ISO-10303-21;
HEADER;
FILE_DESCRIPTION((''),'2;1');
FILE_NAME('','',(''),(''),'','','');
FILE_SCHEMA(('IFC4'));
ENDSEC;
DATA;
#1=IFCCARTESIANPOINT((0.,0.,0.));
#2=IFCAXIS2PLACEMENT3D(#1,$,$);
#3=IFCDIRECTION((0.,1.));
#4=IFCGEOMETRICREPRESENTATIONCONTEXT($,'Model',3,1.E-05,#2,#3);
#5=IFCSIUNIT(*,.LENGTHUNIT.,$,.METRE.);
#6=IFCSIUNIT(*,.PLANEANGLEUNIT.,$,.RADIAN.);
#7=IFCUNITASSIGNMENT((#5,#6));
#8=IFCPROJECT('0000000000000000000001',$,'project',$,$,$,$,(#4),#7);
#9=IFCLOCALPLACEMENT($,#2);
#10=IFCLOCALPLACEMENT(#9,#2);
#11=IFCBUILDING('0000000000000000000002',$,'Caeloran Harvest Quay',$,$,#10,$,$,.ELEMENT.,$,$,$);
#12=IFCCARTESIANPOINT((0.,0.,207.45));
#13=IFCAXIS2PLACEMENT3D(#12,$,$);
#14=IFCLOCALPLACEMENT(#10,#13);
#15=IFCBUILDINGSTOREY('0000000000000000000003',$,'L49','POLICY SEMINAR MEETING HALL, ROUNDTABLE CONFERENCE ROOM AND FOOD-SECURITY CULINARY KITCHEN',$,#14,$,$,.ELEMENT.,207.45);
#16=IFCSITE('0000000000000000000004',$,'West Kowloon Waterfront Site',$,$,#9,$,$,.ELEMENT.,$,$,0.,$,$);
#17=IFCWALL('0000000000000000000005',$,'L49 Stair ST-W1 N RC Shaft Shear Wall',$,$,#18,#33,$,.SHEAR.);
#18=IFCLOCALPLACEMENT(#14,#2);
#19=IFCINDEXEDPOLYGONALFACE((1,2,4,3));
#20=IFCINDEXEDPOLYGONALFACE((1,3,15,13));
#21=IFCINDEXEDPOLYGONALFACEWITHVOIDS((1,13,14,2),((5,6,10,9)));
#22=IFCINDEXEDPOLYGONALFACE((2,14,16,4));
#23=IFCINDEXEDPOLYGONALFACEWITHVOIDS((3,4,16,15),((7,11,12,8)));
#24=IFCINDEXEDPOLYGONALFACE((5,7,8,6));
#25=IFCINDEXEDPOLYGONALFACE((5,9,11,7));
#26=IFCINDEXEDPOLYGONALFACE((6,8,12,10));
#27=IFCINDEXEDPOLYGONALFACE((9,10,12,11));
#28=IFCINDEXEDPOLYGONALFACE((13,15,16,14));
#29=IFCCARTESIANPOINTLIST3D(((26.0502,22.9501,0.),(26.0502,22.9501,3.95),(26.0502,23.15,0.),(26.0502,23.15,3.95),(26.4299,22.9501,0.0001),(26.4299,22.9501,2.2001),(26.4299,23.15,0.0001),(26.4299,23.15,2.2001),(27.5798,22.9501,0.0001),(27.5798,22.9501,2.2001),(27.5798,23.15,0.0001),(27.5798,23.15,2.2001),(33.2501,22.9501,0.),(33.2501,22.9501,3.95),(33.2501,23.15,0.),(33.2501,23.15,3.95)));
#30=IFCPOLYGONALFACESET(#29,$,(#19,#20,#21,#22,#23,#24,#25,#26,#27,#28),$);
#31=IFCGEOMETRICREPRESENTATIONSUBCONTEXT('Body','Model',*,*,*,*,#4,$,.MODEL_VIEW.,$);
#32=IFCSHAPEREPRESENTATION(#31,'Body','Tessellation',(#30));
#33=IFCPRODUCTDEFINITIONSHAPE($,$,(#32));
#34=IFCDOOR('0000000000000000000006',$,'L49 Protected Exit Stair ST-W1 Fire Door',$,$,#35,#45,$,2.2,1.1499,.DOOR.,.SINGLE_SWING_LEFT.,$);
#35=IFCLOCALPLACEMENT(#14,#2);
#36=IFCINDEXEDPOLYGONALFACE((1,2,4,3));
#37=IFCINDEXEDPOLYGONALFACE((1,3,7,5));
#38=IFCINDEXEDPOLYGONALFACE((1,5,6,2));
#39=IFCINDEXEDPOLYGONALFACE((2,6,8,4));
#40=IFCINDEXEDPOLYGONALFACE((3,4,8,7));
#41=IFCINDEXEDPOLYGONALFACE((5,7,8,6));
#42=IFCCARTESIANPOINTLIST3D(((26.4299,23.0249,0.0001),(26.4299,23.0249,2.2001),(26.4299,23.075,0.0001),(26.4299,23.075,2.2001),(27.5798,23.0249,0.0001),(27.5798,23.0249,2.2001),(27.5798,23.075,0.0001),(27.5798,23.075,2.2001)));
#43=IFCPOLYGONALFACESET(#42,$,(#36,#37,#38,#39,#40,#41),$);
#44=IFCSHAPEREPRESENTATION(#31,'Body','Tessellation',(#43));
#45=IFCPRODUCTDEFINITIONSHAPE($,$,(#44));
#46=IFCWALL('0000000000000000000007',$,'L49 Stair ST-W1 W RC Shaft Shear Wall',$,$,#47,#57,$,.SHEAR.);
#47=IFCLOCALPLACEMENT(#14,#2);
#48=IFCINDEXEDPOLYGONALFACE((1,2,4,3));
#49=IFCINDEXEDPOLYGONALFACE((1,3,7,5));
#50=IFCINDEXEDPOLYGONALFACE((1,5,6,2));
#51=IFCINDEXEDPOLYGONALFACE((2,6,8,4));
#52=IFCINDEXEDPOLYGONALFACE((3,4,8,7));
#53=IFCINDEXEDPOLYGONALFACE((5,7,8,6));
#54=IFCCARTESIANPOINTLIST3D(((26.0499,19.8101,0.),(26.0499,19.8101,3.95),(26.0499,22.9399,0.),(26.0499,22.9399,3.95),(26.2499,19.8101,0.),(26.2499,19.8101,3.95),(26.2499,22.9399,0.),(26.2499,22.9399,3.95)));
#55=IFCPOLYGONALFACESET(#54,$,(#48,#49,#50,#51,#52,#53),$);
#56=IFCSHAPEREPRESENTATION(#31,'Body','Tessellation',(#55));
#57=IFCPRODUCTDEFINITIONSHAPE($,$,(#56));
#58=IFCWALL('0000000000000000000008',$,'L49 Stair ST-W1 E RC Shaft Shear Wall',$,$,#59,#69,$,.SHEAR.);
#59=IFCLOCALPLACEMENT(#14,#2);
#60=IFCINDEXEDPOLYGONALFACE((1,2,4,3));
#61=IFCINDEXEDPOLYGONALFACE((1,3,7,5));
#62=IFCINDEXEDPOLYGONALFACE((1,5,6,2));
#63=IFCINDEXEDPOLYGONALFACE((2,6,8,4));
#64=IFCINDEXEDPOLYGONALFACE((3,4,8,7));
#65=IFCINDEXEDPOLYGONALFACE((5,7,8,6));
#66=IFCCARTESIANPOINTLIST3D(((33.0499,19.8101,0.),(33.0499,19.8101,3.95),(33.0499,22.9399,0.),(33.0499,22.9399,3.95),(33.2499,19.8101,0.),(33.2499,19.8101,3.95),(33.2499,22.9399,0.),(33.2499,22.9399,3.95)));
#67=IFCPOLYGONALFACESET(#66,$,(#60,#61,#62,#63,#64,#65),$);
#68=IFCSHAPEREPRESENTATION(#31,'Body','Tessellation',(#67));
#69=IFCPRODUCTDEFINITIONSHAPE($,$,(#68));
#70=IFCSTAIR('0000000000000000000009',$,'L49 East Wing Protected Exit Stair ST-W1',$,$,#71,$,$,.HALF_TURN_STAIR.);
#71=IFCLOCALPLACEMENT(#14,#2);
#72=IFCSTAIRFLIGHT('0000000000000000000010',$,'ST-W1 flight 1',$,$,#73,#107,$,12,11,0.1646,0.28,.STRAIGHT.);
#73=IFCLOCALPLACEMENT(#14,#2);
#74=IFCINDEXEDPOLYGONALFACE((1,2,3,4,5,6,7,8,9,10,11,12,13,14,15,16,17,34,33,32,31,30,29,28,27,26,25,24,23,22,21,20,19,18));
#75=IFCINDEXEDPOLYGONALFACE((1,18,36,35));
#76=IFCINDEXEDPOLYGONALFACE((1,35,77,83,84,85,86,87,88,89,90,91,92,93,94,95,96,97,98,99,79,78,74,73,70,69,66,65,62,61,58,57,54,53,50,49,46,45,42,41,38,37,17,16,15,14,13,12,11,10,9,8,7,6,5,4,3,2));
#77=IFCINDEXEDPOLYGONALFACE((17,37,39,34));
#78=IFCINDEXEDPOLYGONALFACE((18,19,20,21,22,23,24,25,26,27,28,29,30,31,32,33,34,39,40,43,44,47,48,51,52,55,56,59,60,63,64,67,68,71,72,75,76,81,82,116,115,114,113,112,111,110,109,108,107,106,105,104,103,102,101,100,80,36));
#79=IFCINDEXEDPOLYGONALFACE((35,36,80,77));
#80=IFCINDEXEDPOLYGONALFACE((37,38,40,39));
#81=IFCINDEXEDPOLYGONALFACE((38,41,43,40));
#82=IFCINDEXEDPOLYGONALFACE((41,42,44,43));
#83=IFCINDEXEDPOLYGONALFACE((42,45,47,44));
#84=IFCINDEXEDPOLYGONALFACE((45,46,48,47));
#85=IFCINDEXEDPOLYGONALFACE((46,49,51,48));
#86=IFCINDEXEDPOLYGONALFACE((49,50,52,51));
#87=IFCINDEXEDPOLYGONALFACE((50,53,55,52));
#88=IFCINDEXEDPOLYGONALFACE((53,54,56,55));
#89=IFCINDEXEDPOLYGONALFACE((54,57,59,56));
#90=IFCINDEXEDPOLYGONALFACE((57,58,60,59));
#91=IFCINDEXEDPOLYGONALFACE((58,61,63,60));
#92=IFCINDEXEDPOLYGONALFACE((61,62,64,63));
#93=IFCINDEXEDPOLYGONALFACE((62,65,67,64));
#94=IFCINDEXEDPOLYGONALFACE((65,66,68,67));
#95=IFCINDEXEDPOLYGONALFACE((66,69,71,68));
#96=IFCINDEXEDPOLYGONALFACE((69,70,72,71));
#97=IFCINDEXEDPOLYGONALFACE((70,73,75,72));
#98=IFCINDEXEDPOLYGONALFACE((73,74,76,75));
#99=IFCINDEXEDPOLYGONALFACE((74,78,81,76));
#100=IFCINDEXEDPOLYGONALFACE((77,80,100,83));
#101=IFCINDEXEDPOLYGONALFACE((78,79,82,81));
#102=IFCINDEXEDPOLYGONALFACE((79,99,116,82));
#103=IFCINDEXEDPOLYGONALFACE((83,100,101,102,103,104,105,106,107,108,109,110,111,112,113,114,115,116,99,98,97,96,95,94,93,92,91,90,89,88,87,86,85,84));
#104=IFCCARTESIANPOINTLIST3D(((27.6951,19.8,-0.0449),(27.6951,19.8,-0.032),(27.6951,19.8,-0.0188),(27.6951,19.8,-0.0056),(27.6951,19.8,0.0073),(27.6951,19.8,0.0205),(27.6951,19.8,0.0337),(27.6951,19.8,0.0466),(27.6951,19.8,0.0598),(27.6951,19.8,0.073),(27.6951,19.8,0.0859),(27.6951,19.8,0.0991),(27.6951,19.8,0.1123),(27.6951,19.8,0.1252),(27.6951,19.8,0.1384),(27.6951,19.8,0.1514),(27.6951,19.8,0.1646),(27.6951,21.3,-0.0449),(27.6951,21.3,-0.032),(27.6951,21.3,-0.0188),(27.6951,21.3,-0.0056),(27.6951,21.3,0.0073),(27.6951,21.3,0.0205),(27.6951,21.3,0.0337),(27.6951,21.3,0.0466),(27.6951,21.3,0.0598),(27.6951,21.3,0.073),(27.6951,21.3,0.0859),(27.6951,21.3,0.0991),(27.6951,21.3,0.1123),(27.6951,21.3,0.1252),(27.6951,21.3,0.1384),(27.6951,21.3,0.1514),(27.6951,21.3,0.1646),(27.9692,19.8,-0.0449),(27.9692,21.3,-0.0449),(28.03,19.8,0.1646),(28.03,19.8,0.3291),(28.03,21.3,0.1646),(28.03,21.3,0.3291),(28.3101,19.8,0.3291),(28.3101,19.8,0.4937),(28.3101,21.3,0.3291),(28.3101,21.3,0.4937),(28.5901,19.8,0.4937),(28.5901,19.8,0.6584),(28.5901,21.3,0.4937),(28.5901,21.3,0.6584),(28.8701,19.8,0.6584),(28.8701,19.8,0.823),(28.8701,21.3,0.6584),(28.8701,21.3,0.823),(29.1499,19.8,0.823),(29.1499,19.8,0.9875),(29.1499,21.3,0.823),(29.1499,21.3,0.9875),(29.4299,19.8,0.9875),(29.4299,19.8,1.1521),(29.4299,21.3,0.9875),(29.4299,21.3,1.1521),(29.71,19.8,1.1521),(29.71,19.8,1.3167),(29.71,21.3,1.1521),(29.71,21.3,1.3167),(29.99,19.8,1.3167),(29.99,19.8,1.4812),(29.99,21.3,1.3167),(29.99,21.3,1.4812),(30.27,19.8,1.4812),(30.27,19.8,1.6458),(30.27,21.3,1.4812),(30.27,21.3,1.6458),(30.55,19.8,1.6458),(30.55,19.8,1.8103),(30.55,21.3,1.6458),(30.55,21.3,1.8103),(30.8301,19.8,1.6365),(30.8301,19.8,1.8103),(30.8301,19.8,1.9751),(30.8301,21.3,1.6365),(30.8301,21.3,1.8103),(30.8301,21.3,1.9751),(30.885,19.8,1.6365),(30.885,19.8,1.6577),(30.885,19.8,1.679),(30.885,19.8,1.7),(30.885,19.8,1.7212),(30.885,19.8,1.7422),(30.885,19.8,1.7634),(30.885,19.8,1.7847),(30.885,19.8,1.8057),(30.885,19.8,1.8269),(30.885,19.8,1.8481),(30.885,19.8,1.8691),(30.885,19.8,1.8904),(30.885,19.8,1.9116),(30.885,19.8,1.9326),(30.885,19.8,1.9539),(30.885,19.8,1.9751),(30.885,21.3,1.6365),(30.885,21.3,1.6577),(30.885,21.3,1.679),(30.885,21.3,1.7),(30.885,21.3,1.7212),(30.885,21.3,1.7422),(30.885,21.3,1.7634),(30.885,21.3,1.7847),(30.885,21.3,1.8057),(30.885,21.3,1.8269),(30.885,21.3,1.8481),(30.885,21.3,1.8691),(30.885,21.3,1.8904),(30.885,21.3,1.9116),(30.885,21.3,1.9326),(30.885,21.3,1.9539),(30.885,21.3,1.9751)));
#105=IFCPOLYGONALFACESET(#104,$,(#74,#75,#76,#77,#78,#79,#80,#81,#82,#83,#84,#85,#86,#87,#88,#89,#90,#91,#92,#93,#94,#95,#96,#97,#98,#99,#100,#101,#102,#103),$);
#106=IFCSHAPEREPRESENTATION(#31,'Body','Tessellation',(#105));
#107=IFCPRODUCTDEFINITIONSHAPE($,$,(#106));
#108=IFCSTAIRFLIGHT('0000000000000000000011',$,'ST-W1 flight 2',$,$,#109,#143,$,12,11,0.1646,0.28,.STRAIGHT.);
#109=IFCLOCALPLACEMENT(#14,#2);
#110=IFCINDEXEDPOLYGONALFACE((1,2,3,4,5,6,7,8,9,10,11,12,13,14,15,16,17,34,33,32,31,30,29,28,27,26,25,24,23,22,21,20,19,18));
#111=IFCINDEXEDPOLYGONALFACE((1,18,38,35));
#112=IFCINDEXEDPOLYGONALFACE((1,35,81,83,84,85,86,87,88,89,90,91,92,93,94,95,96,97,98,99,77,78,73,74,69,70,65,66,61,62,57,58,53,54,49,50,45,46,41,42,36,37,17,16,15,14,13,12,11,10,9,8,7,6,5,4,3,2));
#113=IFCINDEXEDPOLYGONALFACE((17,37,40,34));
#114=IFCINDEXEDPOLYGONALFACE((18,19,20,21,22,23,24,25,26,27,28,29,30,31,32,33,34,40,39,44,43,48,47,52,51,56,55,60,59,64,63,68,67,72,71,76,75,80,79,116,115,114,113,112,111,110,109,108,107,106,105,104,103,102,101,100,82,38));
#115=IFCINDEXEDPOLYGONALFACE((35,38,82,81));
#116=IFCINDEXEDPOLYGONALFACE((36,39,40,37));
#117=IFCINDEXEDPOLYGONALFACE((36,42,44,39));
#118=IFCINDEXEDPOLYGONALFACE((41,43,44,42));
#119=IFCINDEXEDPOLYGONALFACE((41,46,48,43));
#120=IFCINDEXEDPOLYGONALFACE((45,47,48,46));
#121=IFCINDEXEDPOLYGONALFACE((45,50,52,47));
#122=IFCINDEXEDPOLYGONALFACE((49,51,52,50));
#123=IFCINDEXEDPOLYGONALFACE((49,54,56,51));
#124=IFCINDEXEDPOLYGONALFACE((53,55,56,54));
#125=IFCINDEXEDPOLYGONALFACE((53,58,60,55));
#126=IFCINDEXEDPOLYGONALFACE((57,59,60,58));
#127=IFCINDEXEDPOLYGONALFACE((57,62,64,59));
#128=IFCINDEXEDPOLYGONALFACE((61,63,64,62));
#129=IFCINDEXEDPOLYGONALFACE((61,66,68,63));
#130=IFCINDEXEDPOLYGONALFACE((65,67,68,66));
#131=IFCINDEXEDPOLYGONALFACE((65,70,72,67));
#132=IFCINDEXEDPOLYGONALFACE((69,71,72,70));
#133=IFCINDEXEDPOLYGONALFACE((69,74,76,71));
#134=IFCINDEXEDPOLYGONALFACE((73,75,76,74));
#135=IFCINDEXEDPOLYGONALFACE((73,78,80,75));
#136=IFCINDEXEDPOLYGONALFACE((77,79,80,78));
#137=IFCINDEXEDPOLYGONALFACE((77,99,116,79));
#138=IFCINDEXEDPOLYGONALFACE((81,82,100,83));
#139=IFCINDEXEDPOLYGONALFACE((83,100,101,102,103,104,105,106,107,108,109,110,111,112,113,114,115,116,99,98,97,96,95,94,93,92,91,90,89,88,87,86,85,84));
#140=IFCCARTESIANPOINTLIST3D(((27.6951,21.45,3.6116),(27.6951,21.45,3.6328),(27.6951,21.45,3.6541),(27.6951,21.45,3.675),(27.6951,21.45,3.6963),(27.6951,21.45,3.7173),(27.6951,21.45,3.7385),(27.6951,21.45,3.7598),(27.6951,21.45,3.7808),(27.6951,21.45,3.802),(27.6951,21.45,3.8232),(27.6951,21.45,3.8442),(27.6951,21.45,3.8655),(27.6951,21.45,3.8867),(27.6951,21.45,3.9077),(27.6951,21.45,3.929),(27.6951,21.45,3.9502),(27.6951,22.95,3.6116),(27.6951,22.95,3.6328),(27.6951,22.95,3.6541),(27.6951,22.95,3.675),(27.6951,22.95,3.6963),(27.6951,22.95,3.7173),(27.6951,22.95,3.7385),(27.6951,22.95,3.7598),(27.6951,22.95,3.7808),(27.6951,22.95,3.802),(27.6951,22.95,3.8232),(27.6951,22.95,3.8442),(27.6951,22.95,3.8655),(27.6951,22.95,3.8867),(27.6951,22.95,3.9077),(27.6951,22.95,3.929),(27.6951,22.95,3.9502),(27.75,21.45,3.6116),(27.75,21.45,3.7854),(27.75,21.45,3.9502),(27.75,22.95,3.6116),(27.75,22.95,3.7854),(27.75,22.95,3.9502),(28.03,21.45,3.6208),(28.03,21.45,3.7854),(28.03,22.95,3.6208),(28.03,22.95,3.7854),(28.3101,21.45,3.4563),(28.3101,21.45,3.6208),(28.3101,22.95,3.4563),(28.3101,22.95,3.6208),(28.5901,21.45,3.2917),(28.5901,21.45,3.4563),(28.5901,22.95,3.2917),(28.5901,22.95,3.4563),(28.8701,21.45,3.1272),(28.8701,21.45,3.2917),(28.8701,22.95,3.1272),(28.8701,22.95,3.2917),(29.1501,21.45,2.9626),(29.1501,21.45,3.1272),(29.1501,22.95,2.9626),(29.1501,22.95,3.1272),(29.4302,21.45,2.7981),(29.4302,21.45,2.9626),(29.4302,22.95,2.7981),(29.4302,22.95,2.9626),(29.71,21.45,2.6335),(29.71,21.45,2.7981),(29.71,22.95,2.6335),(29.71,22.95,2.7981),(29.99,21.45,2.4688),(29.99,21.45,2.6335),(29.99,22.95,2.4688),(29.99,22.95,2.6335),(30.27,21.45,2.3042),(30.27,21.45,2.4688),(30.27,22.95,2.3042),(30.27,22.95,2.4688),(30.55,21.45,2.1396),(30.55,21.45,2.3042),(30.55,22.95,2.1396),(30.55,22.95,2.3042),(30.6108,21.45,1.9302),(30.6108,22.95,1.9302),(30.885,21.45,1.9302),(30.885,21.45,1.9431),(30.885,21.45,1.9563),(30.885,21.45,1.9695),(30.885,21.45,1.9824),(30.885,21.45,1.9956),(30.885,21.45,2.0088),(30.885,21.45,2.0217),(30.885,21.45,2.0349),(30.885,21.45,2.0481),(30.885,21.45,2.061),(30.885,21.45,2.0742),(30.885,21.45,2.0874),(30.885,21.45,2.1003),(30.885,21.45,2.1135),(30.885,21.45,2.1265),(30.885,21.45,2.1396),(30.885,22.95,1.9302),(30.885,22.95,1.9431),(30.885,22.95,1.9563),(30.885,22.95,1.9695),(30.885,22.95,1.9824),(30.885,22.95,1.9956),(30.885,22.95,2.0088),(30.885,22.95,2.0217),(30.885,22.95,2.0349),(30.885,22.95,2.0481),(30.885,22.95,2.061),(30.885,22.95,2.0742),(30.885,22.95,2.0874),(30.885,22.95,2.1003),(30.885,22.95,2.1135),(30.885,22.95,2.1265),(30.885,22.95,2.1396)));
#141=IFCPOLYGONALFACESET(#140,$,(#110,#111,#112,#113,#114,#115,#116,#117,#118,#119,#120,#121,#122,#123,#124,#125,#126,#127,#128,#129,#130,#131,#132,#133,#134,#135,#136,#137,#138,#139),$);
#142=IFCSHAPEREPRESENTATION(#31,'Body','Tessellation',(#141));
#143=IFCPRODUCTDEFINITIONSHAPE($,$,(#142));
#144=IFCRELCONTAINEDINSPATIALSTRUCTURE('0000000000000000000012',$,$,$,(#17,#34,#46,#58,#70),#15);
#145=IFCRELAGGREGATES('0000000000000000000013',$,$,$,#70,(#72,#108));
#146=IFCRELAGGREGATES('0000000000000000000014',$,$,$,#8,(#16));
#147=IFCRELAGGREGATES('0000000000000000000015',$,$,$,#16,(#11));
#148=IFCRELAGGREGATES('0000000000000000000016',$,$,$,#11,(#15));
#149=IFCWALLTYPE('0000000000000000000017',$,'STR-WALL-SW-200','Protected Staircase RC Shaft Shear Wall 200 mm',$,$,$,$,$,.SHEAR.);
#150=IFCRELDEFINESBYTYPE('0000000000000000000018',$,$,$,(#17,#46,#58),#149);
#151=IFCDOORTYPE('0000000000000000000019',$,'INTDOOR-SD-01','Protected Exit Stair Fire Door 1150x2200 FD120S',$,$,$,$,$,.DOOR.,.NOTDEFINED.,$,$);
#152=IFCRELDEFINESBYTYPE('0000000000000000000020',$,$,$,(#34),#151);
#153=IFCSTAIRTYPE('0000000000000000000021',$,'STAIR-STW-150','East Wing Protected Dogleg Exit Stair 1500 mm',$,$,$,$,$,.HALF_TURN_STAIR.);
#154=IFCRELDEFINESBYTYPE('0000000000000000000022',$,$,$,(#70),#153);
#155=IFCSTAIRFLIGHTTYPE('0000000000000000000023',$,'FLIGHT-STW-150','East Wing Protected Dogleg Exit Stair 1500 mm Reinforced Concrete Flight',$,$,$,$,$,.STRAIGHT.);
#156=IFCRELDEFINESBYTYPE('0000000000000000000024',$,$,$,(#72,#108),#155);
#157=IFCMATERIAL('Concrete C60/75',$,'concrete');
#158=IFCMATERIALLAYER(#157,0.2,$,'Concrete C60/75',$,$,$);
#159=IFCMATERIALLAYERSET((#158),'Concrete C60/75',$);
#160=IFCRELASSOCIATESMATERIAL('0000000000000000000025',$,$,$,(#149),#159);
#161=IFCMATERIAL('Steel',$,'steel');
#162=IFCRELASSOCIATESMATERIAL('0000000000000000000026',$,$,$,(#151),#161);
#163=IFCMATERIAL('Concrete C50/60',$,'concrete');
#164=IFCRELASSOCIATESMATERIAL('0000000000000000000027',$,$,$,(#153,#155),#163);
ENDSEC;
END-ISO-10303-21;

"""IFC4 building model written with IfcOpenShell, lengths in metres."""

from ifc_helpers import new_model, si_unit, direction, frame, frame_2d, origin, place, context, subcontext, project, spatial, polyline, rectangle, outline, extrude, material, layer, layer_set, type_object, element, fill, aggregate, save


model = new_model("IFC4")

# Units and contexts
model_context = context("Model", 3, precision=1e-05, world=origin(), true_north=direction((0.0, 1.0)))
body_context = subcontext(model_context, "Body", "Model", "MODEL_VIEW")
ifc_project = project(units=[si_unit("LENGTHUNIT", "METRE"), si_unit("PLANEANGLEUNIT", "RADIAN")], contexts=[model_context])

# Site, building, storey
site_placement = place(None, origin())
site = spatial("IfcSite", under=ifc_project, at=site_placement, Name="West Kowloon Waterfront Site", CompositionType="ELEMENT", RefElevation=0.0)
building_placement = place(site_placement, origin())
building = spatial("IfcBuilding", under=site, at=building_placement, Name="Caeloran Harvest Quay", CompositionType="ELEMENT")
storey_placement = place(building_placement, frame((0.0, 0.0, 207.45)))
storey = spatial("IfcBuildingStorey", under=building, at=storey_placement, Name="L49", Description="POLICY SEMINAR MEETING HALL, ROUNDTABLE CONFERENCE ROOM AND FOOD-SECURITY CULINARY KITCHEN", CompositionType="ELEMENT", Elevation=207.45)

# Shared definitions
ifc_material_1 = material(Name="Concrete C60/75", Category="concrete")
ifc_layer_1 = layer(ifc_material_1, 0.2, Name="Concrete C60/75")
ifc_layer_set_1 = layer_set([ifc_layer_1], Name="Concrete C60/75")
wall_type_1 = type_object("IfcWallType", Name="STR-WALL-SW-200", Description="Protected Staircase RC Shaft Shear Wall 200 mm", PredefinedType="SHEAR", material=ifc_layer_set_1)

# Wall, opening, door
wall_1_placement = place(storey_placement, frame((26.05, 23.05, 0.0), z_axis=(0.0, 0.0, 1.0), x_axis=(1.0, 0.0, 0.0)))
wall_1 = element("IfcWall", 1, at=wall_1_placement, inside=storey, type_object=wall_type_1, Name="L49 Stair ST-W1 N RC Shaft Shear Wall", PredefinedType="SHEAR", context=body_context, shape_type="SweptSolid", body=[
    extrude(rectangle(XDim=7.2, YDim=0.2, at=frame_2d((3.6001, 0.0))), origin(), (0.0, 0.0, 1.0), 3.95),
])
opening_placement = place(wall_1_placement, frame((0.3799, 0.0, 0.0)))
opening = element("IfcOpeningElement", 2, at=opening_placement, cuts=wall_1, PredefinedType="OPENING", context=body_context, shape_type="SweptSolid", body=[
    extrude(rectangle(XDim=1.1499, YDim=2.2, at=frame_2d((0.575, 1.1001))), frame((0.0, 0.1099, 0.0), z_axis=(0.0, -1.0, 0.0), x_axis=(1.0, 0.0, 0.0)), (0.0, 0.0, 1.0), 0.22),
])
ifc_material_2 = material(Name="Steel", Category="steel")
door_type = type_object("IfcDoorType", Name="INTDOOR-SD-01", Description="Protected Exit Stair Fire Door 1150x2200 FD120S", OperationType="NOTDEFINED", PredefinedType="DOOR", material=ifc_material_2)
door_placement = place(opening_placement, origin())
door = element("IfcDoor", 3, at=door_placement, inside=storey, type_object=door_type, Name="L49 Protected Exit Stair ST-W1 Fire Door", OperationType="SINGLE_SWING_LEFT", OverallHeight=2.2, OverallWidth=1.1499, PredefinedType="DOOR", context=body_context, shape_type="SweptSolid", body=[
    extrude(rectangle(XDim=1.1499, YDim=2.2, at=frame_2d((0.575, 1.1001))), frame((0.0, 0.0249, 0.0), z_axis=(0.0, -1.0, 0.0), x_axis=(1.0, 0.0, 0.0)), (0.0, 0.0, 1.0), 0.05),
])
fill(opening, door)

# Walls
for number, where, z_axis, x_axis, name in (
    (4, (26.1499, 19.8101, 0.0), (0.0, 0.0, 1.0), (0.0, 1.0, 0.0), "L49 Stair ST-W1 W RC Shaft Shear Wall"),
    (5, (33.1499, 19.8101, 0.0), (0.0, 0.0, 1.0), (0.0, 1.0, 0.0), "L49 Stair ST-W1 E RC Shaft Shear Wall"),
):
    element("IfcWall", number, at=place(storey_placement, frame(where, z_axis=z_axis, x_axis=x_axis)), inside=storey, type_object=wall_type_1, Name=name, PredefinedType="SHEAR", context=body_context, shape_type="SweptSolid", body=[
        extrude(rectangle(XDim=3.1299, YDim=0.2, at=frame_2d((1.5649, 0.0))), origin(), (0.0, 0.0, 1.0), 3.95),
    ])

# Stair, stair flights
ifc_material_3 = material(Name="Concrete C50/60", Category="concrete")
stair_type = type_object("IfcStairType", Name="STAIR-STW-150", Description="East Wing Protected Dogleg Exit Stair 1500 mm", PredefinedType="HALF_TURN_STAIR", material=ifc_material_3)
stair_placement = place(storey_placement, origin())
stair = element("IfcStair", 6, at=stair_placement, inside=storey, type_object=stair_type, Name="L49 East Wing Protected Exit Stair ST-W1", PredefinedType="HALF_TURN_STAIR")
stair_flight_type = type_object("IfcStairFlightType", Name="FLIGHT-STW-150", Description="East Wing Protected Dogleg Exit Stair 1500 mm Reinforced Concrete Flight", PredefinedType="STRAIGHT", material=ifc_material_3)
stair_flight_1_placement = place(storey_placement, frame((27.75, 20.55, 0.0), z_axis=(0.0, 0.0, 1.0), x_axis=(1.0, 0.0, 0.0)))
stair_flight_1 = element("IfcStairFlight", 7, at=stair_flight_1_placement, type_object=stair_flight_type, Name="ST-W1 flight 1", NumberOfRisers=12, NumberOfTreads=11, PredefinedType="STRAIGHT", RiserHeight=0.1646, TreadLength=0.28, context=body_context, shape_type="SweptSolid", body=[
    extrude(outline(polyline([(-0.0549, -0.0449), (-0.0549, -0.032), (-0.0549, -0.0188), (-0.0549, -0.0056), (-0.0549, 0.0073), (-0.0549, 0.0205), (-0.0549, 0.0337), (-0.0549, 0.0466), (-0.0549, 0.0598), (-0.0549, 0.073), (-0.0549, 0.0859), (-0.0549, 0.0991), (-0.0549, 0.1123), (-0.0549, 0.1252), (-0.0549, 0.1384), (-0.0549, 0.1514), (-0.0549, 0.1646), (0.28, 0.1646), (0.28, 0.3291), (0.5601, 0.3291), (0.5601, 0.4937), (0.8401, 0.4937), (0.8401, 0.6584), (1.1201, 0.6584), (1.1201, 0.823), (1.3999, 0.823), (1.3999, 0.9875), (1.6799, 0.9875), (1.6799, 1.1521), (1.96, 1.1521), (1.96, 1.3167), (2.24, 1.3167), (2.24, 1.4812), (2.52, 1.4812), (2.52, 1.6458), (2.8, 1.6458), (2.8, 1.8103), (3.0801, 1.8103), (3.0801, 1.9751), (3.135, 1.9751), (3.135, 1.9539), (3.135, 1.9326), (3.135, 1.9116), (3.135, 1.8904), (3.135, 1.8691), (3.135, 1.8481), (3.135, 1.8269), (3.135, 1.8057), (3.135, 1.7847), (3.135, 1.7634), (3.135, 1.7422), (3.135, 1.7212), (3.135, 1.7), (3.135, 1.679), (3.135, 1.6577), (3.135, 1.6365), (3.0801, 1.6365), (0.2192, -0.0449), (-0.0549, -0.0449)])), frame((0.0, 0.75, 0.0), z_axis=(0.0, -1.0, 0.0), x_axis=(1.0, 0.0, 0.0)), (0.0, 0.0, 1.0), 1.5),
])
stair_flight_2_placement = place(storey_placement, frame((30.8301, 22.2, 1.9751), z_axis=(0.0, 0.0, 1.0), x_axis=(-1.0, 0.0, 0.0)))
stair_flight_2 = element("IfcStairFlight", 8, at=stair_flight_2_placement, type_object=stair_flight_type, Name="ST-W1 flight 2", NumberOfRisers=12, NumberOfTreads=11, PredefinedType="STRAIGHT", RiserHeight=0.1646, TreadLength=0.28, context=body_context, shape_type="SweptSolid", body=[
    extrude(outline(polyline([(-0.0549, -0.0449), (-0.0549, -0.032), (-0.0549, -0.0188), (-0.0549, -0.0056), (-0.0549, 0.0073), (-0.0549, 0.0205), (-0.0549, 0.0337), (-0.0549, 0.0466), (-0.0549, 0.0598), (-0.0549, 0.073), (-0.0549, 0.0859), (-0.0549, 0.0991), (-0.0549, 0.1123), (-0.0549, 0.1252), (-0.0549, 0.1384), (-0.0549, 0.1514), (-0.0549, 0.1646), (0.28, 0.1646), (0.28, 0.3291), (0.5601, 0.3291), (0.5601, 0.4937), (0.8401, 0.4937), (0.8401, 0.6584), (1.1201, 0.6584), (1.1201, 0.823), (1.3999, 0.823), (1.3999, 0.9875), (1.6799, 0.9875), (1.6799, 1.1521), (1.96, 1.1521), (1.96, 1.3167), (2.24, 1.3167), (2.24, 1.4812), (2.52, 1.4812), (2.52, 1.6458), (2.8, 1.6458), (2.8, 1.8103), (3.0801, 1.8103), (3.0801, 1.9751), (3.135, 1.9751), (3.135, 1.9539), (3.135, 1.9326), (3.135, 1.9116), (3.135, 1.8904), (3.135, 1.8691), (3.135, 1.8481), (3.135, 1.8269), (3.135, 1.8057), (3.135, 1.7847), (3.135, 1.7634), (3.135, 1.7422), (3.135, 1.7212), (3.135, 1.7), (3.135, 1.679), (3.135, 1.6577), (3.135, 1.6365), (3.0801, 1.6365), (0.2192, -0.0449), (-0.0549, -0.0449)])), frame((0.0, 0.75, 0.0), z_axis=(0.0, -1.0, 0.0), x_axis=(1.0, 0.0, 0.0)), (0.0, 0.0, 1.0), 1.5),
])
aggregate(stair, [stair_flight_1, stair_flight_2])

save(model, "model.ifc")
